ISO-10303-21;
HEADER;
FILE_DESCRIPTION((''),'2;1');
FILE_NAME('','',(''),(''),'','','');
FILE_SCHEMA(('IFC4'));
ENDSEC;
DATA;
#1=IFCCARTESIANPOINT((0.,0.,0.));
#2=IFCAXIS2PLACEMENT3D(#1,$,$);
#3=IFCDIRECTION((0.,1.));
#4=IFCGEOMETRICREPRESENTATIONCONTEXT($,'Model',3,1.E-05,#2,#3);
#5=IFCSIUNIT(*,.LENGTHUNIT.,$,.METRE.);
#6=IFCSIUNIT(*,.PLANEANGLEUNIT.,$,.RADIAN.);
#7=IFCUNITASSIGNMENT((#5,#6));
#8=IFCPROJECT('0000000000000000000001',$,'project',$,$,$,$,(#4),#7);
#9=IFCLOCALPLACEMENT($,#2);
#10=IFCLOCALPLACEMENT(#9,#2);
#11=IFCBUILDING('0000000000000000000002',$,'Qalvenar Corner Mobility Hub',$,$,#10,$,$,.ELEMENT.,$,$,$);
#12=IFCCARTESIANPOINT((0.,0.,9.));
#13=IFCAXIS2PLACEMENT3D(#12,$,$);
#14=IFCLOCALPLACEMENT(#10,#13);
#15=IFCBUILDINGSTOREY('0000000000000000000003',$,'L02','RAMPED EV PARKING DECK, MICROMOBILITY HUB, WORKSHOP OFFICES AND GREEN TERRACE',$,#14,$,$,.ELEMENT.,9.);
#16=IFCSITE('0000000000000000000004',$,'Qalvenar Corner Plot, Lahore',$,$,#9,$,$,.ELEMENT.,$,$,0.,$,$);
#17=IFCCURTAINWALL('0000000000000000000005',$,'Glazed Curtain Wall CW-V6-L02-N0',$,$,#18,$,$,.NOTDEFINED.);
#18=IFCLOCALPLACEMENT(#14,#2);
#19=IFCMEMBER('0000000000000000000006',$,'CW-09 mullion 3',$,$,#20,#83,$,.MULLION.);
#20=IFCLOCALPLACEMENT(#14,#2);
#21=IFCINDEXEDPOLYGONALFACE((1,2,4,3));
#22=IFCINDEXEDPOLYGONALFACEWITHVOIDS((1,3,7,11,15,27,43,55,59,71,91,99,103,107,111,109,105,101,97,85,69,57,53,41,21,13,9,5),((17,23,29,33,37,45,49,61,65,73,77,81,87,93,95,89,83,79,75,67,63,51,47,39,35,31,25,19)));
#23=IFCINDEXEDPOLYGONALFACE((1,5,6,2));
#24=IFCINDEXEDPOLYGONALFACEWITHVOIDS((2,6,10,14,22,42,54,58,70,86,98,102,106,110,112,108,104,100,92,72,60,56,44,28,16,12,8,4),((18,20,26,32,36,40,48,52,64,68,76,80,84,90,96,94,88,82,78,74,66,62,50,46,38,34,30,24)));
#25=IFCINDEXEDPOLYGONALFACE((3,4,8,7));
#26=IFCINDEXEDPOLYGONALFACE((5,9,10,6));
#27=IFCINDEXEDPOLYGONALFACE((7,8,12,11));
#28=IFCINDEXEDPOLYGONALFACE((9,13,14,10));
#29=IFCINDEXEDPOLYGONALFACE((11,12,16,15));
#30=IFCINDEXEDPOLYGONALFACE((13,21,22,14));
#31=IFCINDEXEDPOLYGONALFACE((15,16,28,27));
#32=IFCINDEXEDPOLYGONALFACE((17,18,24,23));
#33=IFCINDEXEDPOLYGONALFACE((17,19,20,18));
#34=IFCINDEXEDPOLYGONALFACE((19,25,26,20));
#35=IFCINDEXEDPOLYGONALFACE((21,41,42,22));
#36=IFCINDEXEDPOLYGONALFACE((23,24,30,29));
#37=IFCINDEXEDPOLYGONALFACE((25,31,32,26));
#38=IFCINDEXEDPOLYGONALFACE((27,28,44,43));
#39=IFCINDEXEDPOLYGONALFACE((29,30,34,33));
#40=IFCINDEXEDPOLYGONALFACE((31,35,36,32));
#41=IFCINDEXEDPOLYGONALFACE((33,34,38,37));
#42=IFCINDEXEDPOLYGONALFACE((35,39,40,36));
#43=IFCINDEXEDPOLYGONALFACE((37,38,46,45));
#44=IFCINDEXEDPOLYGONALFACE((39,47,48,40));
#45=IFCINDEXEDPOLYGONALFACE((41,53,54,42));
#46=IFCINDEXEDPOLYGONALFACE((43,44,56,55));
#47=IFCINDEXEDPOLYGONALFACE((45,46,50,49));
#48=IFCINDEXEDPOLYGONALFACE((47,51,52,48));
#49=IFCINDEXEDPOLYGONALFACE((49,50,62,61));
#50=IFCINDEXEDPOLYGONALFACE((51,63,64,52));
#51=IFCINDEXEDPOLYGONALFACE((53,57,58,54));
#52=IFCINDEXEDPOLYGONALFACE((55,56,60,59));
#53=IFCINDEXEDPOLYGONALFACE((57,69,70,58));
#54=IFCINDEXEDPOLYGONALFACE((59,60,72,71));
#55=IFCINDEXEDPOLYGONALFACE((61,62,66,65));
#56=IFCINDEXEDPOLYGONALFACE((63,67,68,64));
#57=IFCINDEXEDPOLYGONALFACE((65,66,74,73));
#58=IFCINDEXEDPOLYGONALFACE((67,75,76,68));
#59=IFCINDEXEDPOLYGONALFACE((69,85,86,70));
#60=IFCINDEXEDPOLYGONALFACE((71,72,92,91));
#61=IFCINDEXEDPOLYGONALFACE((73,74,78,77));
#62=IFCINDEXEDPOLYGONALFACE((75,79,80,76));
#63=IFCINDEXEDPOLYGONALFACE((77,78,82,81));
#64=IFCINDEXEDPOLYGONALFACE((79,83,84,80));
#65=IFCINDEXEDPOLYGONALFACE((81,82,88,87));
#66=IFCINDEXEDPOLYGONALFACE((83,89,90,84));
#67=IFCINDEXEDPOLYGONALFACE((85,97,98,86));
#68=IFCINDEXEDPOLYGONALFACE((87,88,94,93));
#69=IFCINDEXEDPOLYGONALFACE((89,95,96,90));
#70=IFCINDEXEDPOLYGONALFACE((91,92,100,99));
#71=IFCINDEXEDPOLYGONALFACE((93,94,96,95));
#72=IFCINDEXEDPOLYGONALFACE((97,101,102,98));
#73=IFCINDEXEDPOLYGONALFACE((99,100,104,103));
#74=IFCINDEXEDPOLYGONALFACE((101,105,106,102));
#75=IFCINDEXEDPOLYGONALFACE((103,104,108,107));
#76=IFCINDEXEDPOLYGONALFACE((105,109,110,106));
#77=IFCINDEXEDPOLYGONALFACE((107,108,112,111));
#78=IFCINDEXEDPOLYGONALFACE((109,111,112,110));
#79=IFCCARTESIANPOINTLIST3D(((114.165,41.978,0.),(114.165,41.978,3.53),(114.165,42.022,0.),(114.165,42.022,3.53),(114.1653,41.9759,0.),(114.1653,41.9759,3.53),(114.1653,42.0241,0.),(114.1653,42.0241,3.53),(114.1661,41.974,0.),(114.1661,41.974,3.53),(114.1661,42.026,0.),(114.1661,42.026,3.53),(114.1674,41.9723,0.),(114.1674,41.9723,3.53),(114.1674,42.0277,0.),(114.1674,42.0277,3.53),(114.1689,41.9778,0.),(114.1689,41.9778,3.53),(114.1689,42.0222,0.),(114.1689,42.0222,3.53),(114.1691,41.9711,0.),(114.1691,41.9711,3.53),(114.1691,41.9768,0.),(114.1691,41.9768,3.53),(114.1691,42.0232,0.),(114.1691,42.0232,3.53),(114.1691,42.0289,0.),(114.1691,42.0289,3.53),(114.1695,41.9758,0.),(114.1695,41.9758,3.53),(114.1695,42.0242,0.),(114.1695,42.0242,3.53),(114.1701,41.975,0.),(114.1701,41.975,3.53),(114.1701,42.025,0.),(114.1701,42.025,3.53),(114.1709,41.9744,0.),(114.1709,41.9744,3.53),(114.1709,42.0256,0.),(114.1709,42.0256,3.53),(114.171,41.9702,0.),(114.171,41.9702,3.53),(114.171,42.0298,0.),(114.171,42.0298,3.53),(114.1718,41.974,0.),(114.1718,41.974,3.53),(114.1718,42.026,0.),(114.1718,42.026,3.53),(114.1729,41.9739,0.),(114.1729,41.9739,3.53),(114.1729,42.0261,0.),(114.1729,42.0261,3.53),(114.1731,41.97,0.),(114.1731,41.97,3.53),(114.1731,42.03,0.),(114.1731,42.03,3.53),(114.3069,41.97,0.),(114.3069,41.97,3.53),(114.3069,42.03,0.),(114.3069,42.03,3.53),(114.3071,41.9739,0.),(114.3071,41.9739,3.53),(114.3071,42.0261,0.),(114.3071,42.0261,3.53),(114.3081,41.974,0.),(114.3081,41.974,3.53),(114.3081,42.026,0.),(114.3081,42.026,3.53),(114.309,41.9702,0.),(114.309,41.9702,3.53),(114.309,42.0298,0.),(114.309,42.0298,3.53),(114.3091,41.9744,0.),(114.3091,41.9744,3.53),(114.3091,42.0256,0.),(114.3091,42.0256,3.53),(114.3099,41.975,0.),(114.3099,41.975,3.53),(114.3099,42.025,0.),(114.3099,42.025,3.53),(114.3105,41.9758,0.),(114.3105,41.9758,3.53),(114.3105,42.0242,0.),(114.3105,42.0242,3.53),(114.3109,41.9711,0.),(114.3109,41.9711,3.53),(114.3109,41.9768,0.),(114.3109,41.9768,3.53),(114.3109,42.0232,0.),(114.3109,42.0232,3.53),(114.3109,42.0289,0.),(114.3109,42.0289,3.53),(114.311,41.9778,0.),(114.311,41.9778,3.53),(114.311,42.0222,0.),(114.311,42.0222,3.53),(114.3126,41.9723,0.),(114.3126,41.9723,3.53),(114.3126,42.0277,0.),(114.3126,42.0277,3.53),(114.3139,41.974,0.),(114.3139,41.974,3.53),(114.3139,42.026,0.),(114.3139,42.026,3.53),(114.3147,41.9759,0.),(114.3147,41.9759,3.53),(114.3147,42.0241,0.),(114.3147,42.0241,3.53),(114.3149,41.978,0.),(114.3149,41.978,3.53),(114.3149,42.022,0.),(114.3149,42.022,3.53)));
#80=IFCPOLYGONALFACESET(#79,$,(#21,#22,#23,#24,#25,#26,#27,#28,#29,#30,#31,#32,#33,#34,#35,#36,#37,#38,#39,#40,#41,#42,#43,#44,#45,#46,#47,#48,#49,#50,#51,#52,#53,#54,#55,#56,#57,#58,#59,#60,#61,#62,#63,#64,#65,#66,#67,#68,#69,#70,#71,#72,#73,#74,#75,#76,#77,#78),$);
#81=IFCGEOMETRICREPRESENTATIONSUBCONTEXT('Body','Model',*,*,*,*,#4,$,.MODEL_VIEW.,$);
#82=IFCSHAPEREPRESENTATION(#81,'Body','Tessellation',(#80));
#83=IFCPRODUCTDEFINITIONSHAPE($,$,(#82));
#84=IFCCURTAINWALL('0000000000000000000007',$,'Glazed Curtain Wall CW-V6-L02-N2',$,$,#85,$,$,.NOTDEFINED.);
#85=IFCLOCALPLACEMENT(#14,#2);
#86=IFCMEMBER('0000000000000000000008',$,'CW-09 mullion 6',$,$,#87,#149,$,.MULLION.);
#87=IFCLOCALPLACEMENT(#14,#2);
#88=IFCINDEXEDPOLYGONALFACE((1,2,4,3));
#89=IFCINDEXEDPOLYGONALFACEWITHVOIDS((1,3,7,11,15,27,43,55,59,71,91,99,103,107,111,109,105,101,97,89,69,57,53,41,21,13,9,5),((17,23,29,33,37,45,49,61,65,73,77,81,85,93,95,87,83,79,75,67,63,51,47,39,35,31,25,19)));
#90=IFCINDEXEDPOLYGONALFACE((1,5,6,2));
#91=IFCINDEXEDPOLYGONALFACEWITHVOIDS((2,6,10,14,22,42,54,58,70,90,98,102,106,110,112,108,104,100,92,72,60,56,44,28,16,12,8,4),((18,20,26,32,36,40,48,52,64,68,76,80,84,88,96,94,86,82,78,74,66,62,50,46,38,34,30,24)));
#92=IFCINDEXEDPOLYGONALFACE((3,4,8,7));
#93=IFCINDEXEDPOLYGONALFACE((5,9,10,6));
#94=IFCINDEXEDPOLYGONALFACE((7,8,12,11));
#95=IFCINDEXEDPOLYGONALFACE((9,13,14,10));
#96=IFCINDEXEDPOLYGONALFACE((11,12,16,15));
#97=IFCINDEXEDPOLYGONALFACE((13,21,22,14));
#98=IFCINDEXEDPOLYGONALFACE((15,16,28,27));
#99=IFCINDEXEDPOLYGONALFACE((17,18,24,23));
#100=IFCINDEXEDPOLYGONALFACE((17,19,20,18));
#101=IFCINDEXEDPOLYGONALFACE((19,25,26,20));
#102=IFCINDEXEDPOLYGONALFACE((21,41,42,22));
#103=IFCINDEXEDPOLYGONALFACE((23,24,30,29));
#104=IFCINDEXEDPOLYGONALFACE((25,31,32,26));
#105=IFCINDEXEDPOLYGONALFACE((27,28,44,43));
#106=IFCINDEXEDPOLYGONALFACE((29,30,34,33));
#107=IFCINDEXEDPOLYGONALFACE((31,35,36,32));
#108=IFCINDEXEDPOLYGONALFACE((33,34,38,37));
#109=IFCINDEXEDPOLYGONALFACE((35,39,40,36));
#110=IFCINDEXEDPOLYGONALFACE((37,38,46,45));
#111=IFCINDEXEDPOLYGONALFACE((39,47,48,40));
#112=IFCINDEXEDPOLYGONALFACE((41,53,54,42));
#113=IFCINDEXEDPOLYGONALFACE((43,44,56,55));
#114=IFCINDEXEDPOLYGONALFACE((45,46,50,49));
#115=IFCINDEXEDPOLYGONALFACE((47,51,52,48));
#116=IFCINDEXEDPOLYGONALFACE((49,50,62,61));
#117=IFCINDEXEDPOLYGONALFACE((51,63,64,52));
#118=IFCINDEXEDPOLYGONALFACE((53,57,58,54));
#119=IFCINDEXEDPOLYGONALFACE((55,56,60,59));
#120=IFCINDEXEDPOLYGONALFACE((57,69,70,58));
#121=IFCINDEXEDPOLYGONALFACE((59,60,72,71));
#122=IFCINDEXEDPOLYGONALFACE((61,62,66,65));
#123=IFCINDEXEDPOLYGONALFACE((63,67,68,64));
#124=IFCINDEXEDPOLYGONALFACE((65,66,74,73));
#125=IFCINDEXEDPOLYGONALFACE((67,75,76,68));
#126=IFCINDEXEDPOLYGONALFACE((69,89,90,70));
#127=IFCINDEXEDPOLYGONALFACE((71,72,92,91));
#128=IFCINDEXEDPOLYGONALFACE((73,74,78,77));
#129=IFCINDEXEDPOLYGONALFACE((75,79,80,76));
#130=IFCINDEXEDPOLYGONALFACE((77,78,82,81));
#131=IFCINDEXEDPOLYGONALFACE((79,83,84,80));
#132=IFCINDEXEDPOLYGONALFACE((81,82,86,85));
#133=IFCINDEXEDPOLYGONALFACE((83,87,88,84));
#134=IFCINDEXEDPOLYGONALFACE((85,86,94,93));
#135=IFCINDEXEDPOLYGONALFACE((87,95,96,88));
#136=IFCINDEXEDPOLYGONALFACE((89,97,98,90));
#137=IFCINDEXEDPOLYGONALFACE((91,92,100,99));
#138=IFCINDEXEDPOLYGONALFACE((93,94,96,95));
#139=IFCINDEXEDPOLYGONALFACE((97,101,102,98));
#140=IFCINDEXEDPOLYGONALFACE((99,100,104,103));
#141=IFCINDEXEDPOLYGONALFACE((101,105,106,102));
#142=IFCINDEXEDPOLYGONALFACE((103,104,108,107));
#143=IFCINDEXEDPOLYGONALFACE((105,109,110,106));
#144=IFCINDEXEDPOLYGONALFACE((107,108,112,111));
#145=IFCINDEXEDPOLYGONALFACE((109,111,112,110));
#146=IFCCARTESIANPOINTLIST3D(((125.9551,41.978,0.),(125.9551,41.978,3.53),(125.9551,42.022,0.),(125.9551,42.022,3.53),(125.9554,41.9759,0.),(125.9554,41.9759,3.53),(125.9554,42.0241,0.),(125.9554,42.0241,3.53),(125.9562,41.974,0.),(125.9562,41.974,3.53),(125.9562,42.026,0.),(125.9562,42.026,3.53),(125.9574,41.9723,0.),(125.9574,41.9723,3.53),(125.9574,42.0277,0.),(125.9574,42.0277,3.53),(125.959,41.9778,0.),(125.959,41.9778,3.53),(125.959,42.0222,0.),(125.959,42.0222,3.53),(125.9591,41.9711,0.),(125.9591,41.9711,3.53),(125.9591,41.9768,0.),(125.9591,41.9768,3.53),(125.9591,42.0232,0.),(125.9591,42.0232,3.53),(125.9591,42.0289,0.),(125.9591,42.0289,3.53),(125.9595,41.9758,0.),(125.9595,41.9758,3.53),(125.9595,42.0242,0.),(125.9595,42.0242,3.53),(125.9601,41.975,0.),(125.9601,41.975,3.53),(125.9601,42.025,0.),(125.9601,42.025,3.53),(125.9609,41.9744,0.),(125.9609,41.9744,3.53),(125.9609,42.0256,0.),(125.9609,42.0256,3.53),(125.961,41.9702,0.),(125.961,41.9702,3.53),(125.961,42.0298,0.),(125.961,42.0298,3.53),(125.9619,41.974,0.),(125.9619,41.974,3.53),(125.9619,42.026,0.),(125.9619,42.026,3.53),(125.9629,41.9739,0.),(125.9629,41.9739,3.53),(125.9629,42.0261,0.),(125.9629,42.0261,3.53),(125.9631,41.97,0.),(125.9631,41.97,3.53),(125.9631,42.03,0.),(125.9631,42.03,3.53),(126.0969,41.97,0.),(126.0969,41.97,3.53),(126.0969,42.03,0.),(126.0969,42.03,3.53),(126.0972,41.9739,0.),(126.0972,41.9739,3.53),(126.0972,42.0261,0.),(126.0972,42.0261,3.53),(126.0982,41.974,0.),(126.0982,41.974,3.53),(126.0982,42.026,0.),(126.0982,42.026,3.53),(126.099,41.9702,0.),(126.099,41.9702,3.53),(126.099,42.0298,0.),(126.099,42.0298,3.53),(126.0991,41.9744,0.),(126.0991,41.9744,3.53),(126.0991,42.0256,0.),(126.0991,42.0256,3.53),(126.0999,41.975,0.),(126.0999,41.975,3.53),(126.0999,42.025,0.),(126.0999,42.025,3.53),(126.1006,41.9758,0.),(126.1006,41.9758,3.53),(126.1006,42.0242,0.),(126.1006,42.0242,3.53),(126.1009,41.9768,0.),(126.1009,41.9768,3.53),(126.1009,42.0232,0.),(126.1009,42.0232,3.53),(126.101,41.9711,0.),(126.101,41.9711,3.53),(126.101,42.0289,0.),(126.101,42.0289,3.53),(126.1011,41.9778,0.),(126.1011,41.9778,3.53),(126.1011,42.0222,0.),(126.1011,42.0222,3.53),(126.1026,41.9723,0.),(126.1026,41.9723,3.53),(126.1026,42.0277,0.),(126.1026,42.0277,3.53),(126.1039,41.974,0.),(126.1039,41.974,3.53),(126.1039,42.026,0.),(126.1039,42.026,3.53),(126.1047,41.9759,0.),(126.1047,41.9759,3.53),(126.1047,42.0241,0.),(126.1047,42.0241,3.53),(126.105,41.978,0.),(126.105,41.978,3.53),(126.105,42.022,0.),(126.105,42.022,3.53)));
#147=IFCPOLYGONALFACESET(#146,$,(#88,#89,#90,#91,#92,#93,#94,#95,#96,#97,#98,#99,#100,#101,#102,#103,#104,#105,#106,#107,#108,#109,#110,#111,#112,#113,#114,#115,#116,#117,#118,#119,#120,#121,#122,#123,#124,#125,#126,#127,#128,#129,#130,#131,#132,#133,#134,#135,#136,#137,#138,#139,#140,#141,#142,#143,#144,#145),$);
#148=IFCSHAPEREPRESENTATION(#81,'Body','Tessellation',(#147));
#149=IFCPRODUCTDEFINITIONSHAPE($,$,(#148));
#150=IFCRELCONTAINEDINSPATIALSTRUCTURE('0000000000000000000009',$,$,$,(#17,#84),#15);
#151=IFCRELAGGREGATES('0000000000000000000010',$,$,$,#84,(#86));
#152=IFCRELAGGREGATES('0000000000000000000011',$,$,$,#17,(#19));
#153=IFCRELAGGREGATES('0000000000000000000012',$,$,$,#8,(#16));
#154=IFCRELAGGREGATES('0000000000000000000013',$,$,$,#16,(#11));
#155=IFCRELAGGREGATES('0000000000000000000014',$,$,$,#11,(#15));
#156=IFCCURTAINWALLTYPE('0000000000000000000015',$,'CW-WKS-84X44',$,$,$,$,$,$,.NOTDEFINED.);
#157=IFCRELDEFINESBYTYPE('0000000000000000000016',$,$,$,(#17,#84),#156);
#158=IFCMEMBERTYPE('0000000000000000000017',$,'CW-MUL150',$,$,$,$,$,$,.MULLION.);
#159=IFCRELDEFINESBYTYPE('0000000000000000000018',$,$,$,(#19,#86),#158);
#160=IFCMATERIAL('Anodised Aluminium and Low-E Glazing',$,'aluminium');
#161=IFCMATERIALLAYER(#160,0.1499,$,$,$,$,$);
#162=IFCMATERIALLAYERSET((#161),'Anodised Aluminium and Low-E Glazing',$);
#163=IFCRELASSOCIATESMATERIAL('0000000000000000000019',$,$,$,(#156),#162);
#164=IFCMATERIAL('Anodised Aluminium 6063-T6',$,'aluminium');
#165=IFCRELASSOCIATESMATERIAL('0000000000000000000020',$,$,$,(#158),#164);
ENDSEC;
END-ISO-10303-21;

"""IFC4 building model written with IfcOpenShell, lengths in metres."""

from ifc_helpers import new_model, si_unit, direction, frame, origin, origin_2d, place, context, subcontext, project, spatial, hollow_rectangle, extrude, material, layer, layer_set, material_profile, profile_set, type_object, element, aggregate, save


model = new_model("IFC4")

# Units and contexts
model_context = context("Model", 3, precision=1e-05, world=origin(), true_north=direction((0.0, 1.0)))
body_context = subcontext(model_context, "Body", "Model", "MODEL_VIEW")
ifc_project = project(units=[si_unit("LENGTHUNIT", "METRE"), si_unit("PLANEANGLEUNIT", "RADIAN")], contexts=[model_context])

# Site, building, storey
site_placement = place(None, origin())
site = spatial("IfcSite", under=ifc_project, at=site_placement, Name="Qalvenar Corner Plot, Lahore", CompositionType="ELEMENT", RefElevation=0.0)
building_placement = place(site_placement, origin())
building = spatial("IfcBuilding", under=site, at=building_placement, Name="Qalvenar Corner Mobility Hub", CompositionType="ELEMENT")
storey_placement = place(building_placement, frame((0.0, 0.0, 9.0)))
storey = spatial("IfcBuildingStorey", under=building, at=storey_placement, Name="L02", Description="RAMPED EV PARKING DECK, MICROMOBILITY HUB, WORKSHOP OFFICES AND GREEN TERRACE", CompositionType="ELEMENT", Elevation=9.0)

# Curtain wall, member
ifc_material_1 = material(Name="Anodised Aluminium and Low-E Glazing", Category="aluminium")
ifc_layer_1 = layer(ifc_material_1, 0.1499)
ifc_layer_set_1 = layer_set([ifc_layer_1], Name="Anodised Aluminium and Low-E Glazing")
curtain_wall_type = type_object("IfcCurtainWallType", Name="CW-WKS-84X44", PredefinedType="NOTDEFINED", material=ifc_layer_set_1)
curtain_wall_1_placement = place(storey_placement, origin())
curtain_wall_1 = element("IfcCurtainWall", 1, at=curtain_wall_1_placement, inside=storey, type_object=curtain_wall_type, Name="Glazed Curtain Wall CW-V6-L02-N0", PredefinedType="NOTDEFINED")
ifc_material_2 = material(Name="Anodised Aluminium 6063-T6", Category="aluminium")
ifc_material_profile_1 = material_profile(ifc_material_2, hollow_rectangle(XDim=0.0601, YDim=0.1499, WallThickness=0.0039, InnerFilletRadius=0.0039, OuterFilletRadius=0.0081, at=origin_2d()), Name="RHS150x60x4")
ifc_profile_set_1 = profile_set([ifc_material_profile_1], Name="Anodised Aluminium 6063-T6")
member_type_1 = type_object("IfcMemberType", Name="CW-MUL150", PredefinedType="MULLION", material=ifc_profile_set_1)
member_1_placement = place(storey_placement, frame((114.24, 42.0, 0.0), z_axis=(0.0, 0.0, 1.0), x_axis=(0.0, -1.0, 0.0)))
member_1 = element("IfcMember", 2, at=member_1_placement, type_object=member_type_1, Name="CW-09 mullion 3", PredefinedType="MULLION", context=body_context, shape_type="SweptSolid", body=[
    extrude(hollow_rectangle(XDim=0.0601, YDim=0.1499, WallThickness=0.0039, InnerFilletRadius=0.0039, OuterFilletRadius=0.0081, at=origin_2d()), origin(), (0.0, 0.0, 1.0), 3.53),
])

# Curtain wall, member
curtain_wall_2_placement = place(storey_placement, origin())
curtain_wall_2 = element("IfcCurtainWall", 3, at=curtain_wall_2_placement, inside=storey, type_object=curtain_wall_type, Name="Glazed Curtain Wall CW-V6-L02-N2", PredefinedType="NOTDEFINED")
member_2_placement = place(storey_placement, frame((126.03, 42.0, 0.0), z_axis=(0.0, 0.0, 1.0), x_axis=(0.0, -1.0, 0.0)))
member_2 = element("IfcMember", 4, at=member_2_placement, type_object=member_type_1, Name="CW-09 mullion 6", PredefinedType="MULLION", context=body_context, shape_type="SweptSolid", body=[
    extrude(hollow_rectangle(XDim=0.0601, YDim=0.1499, WallThickness=0.0039, InnerFilletRadius=0.0039, OuterFilletRadius=0.0081, at=origin_2d()), origin(), (0.0, 0.0, 1.0), 3.53),
])
aggregate(curtain_wall_2, [member_2])

aggregate(curtain_wall_1, [member_1])

save(model, "model.ifc")
